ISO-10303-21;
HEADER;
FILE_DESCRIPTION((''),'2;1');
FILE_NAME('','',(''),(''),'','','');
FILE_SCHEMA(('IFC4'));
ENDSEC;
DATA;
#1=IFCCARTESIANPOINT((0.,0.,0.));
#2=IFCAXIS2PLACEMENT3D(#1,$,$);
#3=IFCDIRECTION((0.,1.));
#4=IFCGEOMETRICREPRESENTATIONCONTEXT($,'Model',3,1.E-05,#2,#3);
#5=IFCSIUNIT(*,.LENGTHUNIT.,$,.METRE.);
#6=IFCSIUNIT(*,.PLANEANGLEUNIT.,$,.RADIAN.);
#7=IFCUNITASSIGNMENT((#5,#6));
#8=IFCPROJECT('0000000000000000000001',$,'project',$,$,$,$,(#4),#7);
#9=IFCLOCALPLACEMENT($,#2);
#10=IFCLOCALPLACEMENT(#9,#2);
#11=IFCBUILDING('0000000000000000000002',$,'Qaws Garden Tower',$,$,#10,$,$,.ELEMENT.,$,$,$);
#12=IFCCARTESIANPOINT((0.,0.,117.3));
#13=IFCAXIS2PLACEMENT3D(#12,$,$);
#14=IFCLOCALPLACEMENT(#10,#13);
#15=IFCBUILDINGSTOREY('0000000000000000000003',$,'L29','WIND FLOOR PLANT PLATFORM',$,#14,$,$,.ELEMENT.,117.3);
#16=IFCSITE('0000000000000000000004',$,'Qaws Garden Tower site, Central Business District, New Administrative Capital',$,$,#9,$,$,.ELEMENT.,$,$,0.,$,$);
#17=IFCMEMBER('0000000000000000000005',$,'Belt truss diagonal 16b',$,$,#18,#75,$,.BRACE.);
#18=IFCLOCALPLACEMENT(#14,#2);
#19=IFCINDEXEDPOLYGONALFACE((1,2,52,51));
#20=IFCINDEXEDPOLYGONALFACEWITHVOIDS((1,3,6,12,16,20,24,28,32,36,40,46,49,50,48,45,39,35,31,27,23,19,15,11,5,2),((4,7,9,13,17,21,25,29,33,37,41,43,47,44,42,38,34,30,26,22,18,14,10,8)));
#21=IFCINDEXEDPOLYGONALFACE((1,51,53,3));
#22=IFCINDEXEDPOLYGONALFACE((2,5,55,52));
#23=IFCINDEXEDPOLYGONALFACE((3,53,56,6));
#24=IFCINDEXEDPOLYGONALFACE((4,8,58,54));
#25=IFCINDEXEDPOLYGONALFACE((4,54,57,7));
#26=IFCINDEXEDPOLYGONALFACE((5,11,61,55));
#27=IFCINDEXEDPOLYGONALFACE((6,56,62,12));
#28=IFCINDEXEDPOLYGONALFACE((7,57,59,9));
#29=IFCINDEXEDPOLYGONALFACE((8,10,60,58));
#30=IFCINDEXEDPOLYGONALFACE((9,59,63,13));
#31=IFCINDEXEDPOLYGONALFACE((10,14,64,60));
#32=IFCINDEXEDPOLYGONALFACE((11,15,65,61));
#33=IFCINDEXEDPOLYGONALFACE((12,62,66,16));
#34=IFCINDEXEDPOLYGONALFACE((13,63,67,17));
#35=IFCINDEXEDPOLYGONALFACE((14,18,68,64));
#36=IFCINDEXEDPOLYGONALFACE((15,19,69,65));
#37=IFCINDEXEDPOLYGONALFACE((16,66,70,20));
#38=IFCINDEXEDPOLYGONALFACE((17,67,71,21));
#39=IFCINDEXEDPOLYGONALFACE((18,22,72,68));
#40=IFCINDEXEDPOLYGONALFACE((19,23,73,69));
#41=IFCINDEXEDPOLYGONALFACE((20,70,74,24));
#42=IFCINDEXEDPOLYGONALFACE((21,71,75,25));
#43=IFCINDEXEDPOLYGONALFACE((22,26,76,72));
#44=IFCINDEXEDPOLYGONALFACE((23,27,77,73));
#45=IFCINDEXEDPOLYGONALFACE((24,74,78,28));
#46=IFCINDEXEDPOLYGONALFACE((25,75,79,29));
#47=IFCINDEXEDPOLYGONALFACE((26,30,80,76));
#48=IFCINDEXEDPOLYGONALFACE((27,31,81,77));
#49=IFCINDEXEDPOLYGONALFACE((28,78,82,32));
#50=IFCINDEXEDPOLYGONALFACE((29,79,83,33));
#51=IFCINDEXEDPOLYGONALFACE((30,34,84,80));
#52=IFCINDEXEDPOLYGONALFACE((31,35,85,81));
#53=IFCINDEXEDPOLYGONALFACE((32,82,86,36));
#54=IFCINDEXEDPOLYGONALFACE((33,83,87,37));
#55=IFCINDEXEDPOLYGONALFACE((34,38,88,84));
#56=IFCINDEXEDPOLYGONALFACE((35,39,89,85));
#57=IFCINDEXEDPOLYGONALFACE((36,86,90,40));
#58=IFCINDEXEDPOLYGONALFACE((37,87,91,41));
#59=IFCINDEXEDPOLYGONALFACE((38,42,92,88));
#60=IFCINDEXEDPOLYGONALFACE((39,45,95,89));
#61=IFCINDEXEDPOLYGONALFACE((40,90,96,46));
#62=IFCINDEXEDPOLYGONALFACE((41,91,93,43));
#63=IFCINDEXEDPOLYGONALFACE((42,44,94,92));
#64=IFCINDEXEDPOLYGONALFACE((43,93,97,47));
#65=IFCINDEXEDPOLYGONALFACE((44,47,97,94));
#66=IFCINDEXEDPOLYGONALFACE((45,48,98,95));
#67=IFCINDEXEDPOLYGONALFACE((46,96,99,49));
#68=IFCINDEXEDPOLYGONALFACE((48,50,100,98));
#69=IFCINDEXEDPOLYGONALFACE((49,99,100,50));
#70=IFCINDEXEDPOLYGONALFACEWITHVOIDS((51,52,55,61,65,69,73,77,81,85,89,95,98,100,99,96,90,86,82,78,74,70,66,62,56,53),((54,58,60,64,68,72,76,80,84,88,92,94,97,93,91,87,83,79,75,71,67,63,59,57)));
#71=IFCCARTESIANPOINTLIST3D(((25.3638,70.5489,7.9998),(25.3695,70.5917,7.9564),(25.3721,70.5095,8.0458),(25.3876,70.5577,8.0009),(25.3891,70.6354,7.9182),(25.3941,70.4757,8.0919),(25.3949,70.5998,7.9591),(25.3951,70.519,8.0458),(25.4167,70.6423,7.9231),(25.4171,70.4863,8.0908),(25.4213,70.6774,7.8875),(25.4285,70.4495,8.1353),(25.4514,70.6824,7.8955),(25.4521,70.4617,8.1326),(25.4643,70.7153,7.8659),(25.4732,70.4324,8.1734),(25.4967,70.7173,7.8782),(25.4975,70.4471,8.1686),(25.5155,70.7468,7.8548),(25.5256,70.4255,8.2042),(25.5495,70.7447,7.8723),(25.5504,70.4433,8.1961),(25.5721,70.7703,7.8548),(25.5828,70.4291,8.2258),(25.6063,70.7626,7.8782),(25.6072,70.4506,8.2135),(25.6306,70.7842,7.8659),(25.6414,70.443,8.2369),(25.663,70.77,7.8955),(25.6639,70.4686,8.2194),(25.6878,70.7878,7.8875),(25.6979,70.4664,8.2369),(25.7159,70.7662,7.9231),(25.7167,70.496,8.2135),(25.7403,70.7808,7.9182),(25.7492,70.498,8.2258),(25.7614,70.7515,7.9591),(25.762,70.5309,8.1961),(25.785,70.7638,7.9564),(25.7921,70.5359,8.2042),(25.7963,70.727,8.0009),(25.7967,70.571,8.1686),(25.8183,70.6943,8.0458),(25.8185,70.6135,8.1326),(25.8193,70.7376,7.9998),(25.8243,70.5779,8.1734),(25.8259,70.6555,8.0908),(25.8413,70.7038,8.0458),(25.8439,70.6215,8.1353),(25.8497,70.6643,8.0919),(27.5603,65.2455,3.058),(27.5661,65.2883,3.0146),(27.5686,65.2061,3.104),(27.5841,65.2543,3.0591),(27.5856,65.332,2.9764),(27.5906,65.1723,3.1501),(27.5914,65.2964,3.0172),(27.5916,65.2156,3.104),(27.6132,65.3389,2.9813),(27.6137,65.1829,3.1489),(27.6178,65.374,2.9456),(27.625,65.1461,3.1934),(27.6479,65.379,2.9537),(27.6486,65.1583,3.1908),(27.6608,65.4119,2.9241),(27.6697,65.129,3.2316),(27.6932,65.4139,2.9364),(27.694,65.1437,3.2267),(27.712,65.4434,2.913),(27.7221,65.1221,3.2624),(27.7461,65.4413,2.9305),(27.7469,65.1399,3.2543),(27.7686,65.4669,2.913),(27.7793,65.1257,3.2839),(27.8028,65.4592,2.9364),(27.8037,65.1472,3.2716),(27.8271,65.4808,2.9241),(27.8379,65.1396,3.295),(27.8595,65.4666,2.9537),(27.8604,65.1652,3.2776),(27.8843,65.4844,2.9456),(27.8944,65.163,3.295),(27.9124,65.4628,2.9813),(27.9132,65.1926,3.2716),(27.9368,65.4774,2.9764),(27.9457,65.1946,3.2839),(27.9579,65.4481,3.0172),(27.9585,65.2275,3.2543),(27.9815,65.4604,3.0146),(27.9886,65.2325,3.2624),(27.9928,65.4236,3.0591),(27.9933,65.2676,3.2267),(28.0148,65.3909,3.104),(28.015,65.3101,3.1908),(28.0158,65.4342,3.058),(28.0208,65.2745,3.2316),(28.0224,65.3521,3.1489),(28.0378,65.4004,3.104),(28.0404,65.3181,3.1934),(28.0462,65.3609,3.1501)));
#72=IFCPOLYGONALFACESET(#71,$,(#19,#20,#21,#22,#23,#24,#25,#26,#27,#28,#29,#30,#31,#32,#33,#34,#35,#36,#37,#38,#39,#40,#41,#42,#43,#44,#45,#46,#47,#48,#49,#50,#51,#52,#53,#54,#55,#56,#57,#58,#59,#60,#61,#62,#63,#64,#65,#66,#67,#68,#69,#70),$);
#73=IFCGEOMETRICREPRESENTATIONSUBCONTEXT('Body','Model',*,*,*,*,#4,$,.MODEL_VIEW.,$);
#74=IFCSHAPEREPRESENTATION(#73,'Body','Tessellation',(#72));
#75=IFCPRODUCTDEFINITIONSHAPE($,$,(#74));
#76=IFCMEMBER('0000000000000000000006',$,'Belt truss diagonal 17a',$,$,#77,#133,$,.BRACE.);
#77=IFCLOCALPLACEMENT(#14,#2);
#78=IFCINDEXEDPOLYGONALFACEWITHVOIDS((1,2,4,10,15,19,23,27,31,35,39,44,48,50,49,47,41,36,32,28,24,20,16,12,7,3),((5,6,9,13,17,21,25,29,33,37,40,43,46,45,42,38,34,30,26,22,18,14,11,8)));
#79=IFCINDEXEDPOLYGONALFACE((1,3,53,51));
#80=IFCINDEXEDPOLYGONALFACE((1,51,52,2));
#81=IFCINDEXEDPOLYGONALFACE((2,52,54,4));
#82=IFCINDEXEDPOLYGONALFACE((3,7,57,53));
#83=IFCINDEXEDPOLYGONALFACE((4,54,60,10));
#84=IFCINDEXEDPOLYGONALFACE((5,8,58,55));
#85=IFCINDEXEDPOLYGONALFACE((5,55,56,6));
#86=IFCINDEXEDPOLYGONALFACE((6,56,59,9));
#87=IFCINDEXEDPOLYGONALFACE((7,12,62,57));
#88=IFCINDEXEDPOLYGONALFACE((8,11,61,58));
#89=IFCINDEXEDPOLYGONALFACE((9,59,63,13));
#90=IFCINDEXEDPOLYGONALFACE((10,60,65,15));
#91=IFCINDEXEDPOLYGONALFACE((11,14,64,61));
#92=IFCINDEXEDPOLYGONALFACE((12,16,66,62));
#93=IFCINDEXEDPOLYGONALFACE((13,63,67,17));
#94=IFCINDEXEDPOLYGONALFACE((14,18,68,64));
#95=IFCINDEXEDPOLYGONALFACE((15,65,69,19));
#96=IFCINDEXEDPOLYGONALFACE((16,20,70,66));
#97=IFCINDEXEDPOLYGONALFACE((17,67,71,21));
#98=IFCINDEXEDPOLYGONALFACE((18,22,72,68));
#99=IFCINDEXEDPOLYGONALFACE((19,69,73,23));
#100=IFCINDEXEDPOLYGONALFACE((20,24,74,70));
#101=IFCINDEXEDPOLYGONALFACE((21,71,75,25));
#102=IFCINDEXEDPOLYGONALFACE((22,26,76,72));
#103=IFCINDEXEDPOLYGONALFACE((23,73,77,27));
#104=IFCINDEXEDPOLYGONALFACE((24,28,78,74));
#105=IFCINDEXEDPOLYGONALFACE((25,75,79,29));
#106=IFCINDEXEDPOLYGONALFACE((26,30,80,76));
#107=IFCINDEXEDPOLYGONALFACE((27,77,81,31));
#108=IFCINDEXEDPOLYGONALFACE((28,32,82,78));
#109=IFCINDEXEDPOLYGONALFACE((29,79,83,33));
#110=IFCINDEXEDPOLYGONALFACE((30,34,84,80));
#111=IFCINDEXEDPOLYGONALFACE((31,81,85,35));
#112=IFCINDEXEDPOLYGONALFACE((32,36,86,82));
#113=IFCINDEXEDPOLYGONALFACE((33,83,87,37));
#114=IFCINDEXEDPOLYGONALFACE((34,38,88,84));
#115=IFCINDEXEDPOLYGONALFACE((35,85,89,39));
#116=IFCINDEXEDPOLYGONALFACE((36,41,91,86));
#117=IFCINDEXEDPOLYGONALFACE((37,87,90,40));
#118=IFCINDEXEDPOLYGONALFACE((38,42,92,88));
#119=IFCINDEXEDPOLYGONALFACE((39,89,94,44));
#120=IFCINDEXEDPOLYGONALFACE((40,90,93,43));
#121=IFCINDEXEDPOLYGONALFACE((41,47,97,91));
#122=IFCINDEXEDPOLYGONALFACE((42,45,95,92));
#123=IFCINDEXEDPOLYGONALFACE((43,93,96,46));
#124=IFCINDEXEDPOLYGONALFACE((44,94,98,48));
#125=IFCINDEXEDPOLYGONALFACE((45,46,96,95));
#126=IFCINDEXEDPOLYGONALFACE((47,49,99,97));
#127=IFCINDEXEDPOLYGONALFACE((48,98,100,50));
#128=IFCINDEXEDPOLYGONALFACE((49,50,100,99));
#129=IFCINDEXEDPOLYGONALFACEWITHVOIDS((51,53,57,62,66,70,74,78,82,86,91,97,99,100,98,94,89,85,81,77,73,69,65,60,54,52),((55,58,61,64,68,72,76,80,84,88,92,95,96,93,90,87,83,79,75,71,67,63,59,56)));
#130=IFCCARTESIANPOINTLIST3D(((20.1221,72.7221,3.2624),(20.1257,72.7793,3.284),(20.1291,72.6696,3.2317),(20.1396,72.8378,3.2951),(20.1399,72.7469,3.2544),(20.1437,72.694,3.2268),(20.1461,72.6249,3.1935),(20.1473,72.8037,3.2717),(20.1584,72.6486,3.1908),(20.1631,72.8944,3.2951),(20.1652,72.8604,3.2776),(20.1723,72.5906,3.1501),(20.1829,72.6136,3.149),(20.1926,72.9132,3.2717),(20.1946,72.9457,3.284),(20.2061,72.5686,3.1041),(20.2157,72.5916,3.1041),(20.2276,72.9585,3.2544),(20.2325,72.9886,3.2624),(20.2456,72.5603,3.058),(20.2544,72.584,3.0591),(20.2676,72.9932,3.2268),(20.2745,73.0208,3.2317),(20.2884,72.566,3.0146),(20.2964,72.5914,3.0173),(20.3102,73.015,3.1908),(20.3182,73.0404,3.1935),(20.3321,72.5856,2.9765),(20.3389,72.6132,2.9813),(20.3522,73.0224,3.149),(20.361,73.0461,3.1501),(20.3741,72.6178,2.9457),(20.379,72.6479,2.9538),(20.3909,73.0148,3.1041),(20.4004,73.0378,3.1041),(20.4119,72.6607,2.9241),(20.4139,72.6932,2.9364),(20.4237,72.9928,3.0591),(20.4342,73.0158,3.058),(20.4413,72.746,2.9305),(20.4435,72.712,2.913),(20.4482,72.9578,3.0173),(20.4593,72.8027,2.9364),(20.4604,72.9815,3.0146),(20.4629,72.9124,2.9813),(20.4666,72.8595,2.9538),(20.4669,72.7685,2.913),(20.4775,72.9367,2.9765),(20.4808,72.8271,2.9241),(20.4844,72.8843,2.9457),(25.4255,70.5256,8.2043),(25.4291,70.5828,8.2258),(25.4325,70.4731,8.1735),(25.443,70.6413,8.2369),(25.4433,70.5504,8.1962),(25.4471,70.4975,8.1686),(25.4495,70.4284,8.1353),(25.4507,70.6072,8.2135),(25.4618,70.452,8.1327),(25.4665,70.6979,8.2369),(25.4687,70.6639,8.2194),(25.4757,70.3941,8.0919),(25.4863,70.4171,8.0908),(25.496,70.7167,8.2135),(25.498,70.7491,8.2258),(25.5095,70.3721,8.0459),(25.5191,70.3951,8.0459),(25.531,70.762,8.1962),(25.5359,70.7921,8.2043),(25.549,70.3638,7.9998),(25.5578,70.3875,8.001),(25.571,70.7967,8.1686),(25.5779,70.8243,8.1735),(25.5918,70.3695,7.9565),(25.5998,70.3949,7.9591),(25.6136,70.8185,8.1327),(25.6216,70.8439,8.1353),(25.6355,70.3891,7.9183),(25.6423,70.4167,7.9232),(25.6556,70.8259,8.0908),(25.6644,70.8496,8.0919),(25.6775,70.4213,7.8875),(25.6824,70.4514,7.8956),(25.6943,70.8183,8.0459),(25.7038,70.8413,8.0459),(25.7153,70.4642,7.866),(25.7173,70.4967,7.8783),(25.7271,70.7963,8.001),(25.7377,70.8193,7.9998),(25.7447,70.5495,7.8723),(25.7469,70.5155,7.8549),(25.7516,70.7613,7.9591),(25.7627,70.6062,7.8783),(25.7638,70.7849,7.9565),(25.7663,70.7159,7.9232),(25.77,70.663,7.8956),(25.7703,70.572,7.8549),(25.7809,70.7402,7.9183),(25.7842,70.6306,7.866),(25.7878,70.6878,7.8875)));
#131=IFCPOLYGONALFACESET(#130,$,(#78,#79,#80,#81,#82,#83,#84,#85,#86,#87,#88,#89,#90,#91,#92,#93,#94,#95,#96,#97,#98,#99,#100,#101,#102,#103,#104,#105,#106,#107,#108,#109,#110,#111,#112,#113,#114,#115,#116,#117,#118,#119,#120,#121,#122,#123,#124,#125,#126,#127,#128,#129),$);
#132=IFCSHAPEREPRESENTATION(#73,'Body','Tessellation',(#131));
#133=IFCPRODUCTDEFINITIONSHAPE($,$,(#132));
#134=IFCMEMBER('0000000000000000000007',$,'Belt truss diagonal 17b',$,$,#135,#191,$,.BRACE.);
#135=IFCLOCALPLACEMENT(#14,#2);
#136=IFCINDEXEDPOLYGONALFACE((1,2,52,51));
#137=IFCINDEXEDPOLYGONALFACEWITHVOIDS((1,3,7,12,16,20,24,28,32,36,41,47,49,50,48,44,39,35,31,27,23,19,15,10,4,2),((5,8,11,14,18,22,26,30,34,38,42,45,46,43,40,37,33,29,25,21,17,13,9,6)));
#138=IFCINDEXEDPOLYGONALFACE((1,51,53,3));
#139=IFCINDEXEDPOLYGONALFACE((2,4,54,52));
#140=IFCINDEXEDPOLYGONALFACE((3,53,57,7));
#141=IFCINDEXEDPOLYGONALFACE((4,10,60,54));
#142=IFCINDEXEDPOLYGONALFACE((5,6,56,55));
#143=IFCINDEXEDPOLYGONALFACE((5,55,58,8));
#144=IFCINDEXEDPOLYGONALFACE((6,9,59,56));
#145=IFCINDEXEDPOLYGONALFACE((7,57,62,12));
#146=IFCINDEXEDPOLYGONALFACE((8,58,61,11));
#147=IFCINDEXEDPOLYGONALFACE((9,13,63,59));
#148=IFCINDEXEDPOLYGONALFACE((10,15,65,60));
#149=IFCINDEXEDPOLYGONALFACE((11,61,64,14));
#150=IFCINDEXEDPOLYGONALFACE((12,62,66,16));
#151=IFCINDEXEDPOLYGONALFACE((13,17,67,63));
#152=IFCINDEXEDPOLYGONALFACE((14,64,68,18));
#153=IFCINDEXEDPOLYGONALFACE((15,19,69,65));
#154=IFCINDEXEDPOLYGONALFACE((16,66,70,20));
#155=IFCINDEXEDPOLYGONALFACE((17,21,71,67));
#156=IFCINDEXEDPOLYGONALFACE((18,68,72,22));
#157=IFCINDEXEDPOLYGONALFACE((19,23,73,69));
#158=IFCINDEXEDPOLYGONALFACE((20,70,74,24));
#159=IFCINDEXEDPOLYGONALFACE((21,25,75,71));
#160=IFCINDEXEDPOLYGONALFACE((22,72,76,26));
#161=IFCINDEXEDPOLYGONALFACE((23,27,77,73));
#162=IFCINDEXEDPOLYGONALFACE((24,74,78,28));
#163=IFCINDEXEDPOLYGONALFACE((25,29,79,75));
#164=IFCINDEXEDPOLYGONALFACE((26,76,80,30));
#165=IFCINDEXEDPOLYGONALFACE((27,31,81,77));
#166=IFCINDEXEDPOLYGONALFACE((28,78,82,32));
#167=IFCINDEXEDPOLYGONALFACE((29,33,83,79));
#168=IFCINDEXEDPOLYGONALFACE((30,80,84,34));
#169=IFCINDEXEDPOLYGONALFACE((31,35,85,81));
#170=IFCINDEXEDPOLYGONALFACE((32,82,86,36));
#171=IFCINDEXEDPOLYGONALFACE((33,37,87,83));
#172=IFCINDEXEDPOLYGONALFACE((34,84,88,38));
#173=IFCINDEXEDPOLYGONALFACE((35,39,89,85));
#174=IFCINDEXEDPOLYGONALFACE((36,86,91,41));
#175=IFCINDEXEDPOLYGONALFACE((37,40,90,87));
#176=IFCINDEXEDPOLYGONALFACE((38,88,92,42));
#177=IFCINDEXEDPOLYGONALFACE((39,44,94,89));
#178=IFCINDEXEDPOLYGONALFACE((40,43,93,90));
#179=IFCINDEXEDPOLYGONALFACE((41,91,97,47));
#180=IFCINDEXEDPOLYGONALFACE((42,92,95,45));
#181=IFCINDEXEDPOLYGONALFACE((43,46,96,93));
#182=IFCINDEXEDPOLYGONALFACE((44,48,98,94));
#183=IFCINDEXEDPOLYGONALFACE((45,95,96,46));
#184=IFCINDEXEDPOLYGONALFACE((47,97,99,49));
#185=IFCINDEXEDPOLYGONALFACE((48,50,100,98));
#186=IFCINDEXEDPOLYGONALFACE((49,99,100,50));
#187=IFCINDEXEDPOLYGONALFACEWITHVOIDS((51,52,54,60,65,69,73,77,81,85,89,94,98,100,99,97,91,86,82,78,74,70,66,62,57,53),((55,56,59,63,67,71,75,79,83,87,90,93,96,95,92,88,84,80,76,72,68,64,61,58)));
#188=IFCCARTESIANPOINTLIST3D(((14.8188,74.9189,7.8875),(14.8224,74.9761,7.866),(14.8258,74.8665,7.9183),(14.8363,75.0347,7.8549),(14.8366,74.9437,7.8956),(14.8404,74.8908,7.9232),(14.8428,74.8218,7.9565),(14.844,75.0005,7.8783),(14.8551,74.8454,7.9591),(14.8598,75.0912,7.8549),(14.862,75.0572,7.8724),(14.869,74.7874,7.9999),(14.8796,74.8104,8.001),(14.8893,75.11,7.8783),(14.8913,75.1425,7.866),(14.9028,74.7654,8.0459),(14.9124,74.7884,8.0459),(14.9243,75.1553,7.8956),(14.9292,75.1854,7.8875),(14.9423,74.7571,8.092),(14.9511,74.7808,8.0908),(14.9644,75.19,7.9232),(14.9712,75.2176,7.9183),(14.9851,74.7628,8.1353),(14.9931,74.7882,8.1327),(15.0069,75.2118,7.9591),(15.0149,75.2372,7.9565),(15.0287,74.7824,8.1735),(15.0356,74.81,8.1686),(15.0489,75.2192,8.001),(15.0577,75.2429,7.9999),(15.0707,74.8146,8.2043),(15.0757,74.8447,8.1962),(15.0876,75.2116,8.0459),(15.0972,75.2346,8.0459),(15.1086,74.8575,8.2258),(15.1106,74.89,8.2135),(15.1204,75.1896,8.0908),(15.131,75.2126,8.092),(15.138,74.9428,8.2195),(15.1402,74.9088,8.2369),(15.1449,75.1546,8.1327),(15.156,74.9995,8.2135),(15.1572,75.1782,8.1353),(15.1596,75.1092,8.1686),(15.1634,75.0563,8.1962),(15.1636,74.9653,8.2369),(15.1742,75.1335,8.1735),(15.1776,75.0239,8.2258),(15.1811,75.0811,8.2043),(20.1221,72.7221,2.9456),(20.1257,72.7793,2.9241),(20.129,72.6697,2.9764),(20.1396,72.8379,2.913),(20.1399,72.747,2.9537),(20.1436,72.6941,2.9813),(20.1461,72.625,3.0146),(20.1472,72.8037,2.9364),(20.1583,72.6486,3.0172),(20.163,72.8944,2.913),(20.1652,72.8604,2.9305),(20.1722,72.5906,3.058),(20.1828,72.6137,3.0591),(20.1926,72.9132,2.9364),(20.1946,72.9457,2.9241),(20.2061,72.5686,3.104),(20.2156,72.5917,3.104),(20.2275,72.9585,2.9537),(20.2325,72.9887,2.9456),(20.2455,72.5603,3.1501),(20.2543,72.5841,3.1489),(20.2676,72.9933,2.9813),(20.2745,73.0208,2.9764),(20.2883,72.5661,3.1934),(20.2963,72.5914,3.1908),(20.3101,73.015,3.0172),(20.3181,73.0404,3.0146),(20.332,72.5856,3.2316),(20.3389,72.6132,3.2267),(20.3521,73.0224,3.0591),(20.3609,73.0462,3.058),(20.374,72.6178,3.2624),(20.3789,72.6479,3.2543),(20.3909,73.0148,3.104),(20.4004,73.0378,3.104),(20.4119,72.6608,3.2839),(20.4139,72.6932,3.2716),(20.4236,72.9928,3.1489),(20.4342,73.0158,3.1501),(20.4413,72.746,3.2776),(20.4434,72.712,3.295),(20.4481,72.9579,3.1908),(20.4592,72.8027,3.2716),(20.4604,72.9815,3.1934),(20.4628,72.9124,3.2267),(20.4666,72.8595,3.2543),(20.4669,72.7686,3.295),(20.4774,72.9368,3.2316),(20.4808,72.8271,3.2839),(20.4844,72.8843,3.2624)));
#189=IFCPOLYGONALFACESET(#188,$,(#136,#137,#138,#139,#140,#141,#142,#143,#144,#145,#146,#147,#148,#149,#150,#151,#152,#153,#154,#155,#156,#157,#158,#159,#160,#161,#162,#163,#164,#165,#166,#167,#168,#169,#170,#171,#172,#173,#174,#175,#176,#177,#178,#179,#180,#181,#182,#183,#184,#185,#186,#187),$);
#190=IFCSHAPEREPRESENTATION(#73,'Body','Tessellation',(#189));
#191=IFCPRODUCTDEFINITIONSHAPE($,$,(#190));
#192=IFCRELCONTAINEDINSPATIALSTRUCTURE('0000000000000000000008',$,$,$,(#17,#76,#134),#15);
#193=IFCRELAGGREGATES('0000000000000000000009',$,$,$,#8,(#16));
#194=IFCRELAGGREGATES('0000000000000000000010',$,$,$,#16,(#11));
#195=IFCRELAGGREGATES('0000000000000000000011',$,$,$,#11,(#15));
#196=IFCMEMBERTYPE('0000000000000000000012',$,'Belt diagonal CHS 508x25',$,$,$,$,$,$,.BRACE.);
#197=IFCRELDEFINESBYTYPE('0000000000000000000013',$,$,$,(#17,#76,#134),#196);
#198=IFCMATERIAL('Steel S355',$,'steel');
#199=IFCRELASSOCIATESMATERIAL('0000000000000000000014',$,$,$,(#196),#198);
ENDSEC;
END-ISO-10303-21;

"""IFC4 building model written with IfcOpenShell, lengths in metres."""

from ifc_helpers import new_model, si_unit, direction, frame, origin, origin_2d, place, context, subcontext, project, spatial, hollow_circle, extrude, material, material_profile, profile_set, type_object, element, save


model = new_model("IFC4")

# Units and contexts
model_context = context("Model", 3, precision=1e-05, world=origin(), true_north=direction((0.0, 1.0)))
body_context = subcontext(model_context, "Body", "Model", "MODEL_VIEW")
ifc_project = project(units=[si_unit("LENGTHUNIT", "METRE"), si_unit("PLANEANGLEUNIT", "RADIAN")], contexts=[model_context])

# Site, building, storey
site_placement = place(None, origin())
site = spatial("IfcSite", under=ifc_project, at=site_placement, Name="Qaws Garden Tower site, Central Business District, New Administrative Capital", CompositionType="ELEMENT", RefElevation=0.0)
building_placement = place(site_placement, origin())
building = spatial("IfcBuilding", under=site, at=building_placement, Name="Qaws Garden Tower", CompositionType="ELEMENT")
storey_placement = place(building_placement, frame((0.0, 0.0, 117.3)))
storey = spatial("IfcBuildingStorey", under=building, at=storey_placement, Name="L29", Description="WIND FLOOR PLANT PLATFORM", CompositionType="ELEMENT", Elevation=117.3)

# Members
ifc_material_1 = material(Name="Steel S355", Category="steel")
ifc_material_profile_1 = material_profile(ifc_material_1, hollow_circle(Radius=0.2539, WallThickness=0.0249, at=origin_2d()), Name="CHS 508x25")
ifc_profile_set_1 = profile_set([ifc_material_profile_1], Name="Steel S355")
member_type_1 = type_object("IfcMemberType", Name="Belt diagonal CHS 508x25", PredefinedType="BRACE", material=ifc_profile_set_1)
for number, where, z_axis, x_axis, name in (
    (1, (27.8032, 65.3032, 3.104), (-0.289989, 0.700169, 0.652434), (-0.923894, -0.382649, 0.0), "Belt truss diagonal 16b"),
    (2, (25.6067, 70.6067, 8.0459), (-0.700169, 0.289989, -0.652434), (-0.382649, -0.923894, 0.0), "Belt truss diagonal 17a"),
    (3, (20.3032, 72.8032, 3.104), (-0.700146, 0.290025, 0.652443), (-0.3827, -0.923873, 0.0), "Belt truss diagonal 17b"),
):
    element("IfcMember", number, at=place(storey_placement, frame(where, z_axis=z_axis, x_axis=x_axis)), inside=storey, type_object=member_type_1, Name=name, PredefinedType="BRACE", context=body_context, shape_type="SweptSolid", body=[
        extrude(hollow_circle(Radius=0.2539, WallThickness=0.0249, at=origin_2d()), origin(), (0.0, 0.0, 1.0), 7.5745),
    ])

save(model, "model.ifc")
